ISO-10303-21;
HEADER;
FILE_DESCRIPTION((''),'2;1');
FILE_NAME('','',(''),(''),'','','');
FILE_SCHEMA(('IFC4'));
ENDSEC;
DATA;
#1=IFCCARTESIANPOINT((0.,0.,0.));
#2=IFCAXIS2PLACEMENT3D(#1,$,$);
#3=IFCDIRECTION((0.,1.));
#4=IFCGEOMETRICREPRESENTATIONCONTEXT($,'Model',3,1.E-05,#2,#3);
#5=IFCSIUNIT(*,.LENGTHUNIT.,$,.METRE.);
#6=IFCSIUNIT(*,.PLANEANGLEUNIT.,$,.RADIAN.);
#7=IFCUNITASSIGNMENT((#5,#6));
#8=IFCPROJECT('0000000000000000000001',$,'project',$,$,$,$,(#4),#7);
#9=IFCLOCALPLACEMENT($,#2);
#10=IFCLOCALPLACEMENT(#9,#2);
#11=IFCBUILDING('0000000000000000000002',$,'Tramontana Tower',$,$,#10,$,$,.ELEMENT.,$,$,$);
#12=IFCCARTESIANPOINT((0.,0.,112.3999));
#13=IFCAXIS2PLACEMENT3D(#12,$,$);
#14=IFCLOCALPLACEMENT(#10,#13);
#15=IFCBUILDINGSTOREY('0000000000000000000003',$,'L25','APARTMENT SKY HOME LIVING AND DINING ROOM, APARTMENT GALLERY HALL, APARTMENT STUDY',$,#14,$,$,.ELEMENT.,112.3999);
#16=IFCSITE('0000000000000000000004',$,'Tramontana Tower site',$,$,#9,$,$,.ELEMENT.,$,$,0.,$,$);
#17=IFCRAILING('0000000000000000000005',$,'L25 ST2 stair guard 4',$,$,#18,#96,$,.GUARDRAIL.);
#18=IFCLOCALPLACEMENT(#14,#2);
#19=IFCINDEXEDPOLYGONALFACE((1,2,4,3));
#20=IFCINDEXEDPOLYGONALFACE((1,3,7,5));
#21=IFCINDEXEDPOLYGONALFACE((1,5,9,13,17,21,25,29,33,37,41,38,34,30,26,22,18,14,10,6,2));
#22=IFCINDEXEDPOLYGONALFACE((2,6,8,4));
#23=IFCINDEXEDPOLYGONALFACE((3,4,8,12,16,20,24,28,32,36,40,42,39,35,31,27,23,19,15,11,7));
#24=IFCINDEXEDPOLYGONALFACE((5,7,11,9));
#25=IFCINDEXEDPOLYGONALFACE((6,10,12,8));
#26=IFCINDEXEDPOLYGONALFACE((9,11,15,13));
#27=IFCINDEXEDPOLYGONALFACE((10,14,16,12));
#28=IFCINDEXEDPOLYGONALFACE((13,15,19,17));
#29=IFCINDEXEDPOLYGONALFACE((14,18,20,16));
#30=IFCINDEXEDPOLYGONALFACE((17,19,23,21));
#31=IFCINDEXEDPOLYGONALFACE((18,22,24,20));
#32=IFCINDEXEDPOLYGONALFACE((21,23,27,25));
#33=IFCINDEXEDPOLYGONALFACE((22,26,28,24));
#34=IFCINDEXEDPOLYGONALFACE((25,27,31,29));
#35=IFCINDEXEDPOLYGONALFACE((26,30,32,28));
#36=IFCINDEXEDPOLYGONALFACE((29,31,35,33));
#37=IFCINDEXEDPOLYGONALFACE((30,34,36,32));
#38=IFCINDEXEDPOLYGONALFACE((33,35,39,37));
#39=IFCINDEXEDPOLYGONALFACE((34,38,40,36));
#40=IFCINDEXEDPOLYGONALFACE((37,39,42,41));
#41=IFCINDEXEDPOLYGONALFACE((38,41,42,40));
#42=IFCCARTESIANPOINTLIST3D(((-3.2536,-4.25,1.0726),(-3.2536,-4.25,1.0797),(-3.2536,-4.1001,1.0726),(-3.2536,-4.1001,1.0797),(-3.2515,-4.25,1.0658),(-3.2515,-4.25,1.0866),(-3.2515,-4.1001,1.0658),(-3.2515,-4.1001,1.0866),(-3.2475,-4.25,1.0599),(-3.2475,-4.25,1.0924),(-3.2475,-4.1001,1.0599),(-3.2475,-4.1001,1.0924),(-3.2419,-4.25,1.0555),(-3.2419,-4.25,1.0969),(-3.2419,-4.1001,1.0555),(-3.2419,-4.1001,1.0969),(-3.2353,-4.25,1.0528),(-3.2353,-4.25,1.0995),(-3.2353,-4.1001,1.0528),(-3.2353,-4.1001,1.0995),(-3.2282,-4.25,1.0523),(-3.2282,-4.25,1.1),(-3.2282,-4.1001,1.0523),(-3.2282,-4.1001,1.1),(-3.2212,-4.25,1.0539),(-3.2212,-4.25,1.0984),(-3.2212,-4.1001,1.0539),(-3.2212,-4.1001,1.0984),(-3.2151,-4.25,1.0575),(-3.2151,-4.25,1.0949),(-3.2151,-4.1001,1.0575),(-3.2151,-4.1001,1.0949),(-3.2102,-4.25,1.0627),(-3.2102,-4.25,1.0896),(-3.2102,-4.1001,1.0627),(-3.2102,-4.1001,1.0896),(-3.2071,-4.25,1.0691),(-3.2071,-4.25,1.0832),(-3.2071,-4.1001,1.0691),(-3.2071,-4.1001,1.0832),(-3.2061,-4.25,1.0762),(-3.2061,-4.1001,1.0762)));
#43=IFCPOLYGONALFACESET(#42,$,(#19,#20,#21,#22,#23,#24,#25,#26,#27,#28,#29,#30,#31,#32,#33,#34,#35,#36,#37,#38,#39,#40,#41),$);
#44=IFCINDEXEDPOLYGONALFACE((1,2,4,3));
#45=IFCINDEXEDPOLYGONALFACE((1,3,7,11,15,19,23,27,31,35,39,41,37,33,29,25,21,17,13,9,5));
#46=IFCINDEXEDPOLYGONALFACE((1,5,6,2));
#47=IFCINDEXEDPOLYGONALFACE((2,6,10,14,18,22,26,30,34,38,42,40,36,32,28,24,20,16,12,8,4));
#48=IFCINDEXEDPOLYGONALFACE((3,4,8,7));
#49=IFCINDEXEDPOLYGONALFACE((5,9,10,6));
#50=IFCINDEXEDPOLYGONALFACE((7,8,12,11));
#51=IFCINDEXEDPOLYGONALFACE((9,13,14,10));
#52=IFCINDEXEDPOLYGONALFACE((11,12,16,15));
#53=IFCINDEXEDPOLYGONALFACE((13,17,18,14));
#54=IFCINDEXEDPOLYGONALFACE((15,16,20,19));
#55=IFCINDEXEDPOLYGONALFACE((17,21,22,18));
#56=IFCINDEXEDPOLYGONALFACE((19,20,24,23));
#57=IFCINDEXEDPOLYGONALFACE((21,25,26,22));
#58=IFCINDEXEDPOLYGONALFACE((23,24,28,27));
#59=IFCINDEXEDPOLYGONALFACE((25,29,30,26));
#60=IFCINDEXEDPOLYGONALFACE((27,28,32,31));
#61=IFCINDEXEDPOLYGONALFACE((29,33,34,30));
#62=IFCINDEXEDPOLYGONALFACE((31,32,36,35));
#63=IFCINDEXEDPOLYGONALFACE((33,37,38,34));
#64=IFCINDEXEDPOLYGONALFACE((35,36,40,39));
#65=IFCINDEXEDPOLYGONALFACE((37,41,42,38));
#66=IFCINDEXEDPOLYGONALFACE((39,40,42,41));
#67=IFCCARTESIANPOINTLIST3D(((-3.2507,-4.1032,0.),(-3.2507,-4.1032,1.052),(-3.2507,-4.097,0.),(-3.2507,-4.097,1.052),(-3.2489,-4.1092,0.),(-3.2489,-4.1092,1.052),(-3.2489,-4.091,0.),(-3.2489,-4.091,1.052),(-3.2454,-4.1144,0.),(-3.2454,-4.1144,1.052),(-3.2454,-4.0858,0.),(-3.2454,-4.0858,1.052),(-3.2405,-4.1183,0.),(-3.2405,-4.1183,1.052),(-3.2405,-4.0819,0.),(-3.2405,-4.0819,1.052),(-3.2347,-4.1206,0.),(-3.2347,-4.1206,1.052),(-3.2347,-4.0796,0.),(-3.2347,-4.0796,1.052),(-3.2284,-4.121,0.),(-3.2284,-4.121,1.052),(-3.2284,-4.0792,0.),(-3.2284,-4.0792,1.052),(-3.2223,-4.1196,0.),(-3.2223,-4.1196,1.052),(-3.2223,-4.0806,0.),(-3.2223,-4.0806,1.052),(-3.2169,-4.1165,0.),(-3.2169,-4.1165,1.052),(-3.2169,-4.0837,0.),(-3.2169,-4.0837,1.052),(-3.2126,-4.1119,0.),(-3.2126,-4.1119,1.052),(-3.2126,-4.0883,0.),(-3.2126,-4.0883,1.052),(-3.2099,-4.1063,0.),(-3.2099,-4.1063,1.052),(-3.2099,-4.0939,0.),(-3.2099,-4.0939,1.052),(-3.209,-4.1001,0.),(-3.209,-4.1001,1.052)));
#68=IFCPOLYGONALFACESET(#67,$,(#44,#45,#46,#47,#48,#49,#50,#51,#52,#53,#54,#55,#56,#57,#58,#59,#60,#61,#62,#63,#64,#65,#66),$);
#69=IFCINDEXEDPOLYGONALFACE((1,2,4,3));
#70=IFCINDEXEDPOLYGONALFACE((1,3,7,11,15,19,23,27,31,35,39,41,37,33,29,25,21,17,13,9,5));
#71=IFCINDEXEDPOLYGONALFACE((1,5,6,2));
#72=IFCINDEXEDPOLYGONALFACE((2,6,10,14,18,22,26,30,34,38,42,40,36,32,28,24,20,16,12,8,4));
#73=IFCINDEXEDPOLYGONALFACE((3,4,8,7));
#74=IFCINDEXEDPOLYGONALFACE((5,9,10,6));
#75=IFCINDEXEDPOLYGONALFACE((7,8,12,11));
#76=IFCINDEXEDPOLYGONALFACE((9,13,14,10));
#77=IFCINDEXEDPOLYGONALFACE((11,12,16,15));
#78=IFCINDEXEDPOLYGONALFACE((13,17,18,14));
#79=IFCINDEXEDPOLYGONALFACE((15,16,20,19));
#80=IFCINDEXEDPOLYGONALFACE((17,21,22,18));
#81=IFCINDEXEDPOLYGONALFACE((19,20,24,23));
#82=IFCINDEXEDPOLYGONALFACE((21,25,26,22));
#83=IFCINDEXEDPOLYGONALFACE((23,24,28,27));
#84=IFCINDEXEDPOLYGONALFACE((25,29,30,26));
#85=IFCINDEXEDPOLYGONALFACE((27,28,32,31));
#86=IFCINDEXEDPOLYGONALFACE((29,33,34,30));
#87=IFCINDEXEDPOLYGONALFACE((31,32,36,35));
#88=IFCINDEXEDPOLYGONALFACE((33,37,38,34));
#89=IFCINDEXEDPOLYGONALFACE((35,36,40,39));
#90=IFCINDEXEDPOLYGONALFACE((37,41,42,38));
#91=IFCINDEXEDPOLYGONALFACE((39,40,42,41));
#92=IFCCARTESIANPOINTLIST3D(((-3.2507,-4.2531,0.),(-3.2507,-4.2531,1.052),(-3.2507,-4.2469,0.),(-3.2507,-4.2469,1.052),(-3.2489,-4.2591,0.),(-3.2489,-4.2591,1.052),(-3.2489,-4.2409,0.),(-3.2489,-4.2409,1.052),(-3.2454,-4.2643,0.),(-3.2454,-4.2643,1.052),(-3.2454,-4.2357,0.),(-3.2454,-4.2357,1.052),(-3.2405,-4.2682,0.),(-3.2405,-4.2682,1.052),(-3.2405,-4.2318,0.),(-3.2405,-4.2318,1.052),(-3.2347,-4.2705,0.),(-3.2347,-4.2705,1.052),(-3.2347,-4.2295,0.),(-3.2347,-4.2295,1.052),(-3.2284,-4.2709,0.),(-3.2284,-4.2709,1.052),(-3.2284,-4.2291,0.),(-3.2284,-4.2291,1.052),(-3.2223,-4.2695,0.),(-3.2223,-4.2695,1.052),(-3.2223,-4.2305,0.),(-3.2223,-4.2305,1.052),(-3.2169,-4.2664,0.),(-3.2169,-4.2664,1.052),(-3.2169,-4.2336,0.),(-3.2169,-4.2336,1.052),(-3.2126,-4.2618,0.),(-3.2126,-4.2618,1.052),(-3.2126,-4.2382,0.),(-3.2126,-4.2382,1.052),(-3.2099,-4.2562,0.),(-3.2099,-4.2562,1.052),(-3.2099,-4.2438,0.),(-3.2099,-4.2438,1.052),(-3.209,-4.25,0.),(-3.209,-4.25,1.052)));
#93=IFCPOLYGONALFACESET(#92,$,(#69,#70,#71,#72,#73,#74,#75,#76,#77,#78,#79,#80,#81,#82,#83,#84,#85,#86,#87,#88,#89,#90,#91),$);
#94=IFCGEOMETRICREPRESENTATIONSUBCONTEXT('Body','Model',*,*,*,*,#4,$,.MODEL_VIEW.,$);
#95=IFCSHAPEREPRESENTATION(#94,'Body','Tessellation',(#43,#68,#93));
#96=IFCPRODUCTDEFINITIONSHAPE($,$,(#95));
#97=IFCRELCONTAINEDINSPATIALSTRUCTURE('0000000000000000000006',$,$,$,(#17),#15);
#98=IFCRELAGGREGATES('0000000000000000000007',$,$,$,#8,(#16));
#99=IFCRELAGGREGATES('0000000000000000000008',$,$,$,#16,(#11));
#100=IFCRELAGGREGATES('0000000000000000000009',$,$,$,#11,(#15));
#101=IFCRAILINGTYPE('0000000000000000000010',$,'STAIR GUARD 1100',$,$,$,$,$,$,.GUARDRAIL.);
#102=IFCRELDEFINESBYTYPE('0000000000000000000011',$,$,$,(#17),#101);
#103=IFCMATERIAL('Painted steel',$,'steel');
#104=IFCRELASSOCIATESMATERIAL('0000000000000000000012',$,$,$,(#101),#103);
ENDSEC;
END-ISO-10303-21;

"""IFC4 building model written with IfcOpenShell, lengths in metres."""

from ifc_helpers import new_model, si_unit, direction, frame, origin, origin_2d, place, context, subcontext, project, spatial, circle, extrude, material, type_object, element, save


model = new_model("IFC4")

# Units and contexts
model_context = context("Model", 3, precision=1e-05, world=origin(), true_north=direction((0.0, 1.0)))
body_context = subcontext(model_context, "Body", "Model", "MODEL_VIEW")
ifc_project = project(units=[si_unit("LENGTHUNIT", "METRE"), si_unit("PLANEANGLEUNIT", "RADIAN")], contexts=[model_context])

# Site, building, storey
site_placement = place(None, origin())
site = spatial("IfcSite", under=ifc_project, at=site_placement, Name="Tramontana Tower site", CompositionType="ELEMENT", RefElevation=0.0)
building_placement = place(site_placement, origin())
building = spatial("IfcBuilding", under=site, at=building_placement, Name="Tramontana Tower", CompositionType="ELEMENT")
storey_placement = place(building_placement, frame((0.0, 0.0, 112.3999)))
storey = spatial("IfcBuildingStorey", under=building, at=storey_placement, Name="L25", Description="APARTMENT SKY HOME LIVING AND DINING ROOM, APARTMENT GALLERY HALL, APARTMENT STUDY", CompositionType="ELEMENT", Elevation=112.3999)

# Railing
ifc_material_1 = material(Name="Painted steel", Category="steel")
railing_type_1 = type_object("IfcRailingType", Name="STAIR GUARD 1100", PredefinedType="GUARDRAIL", material=ifc_material_1)
railing_1_placement = place(storey_placement, frame((-3.23, -4.1001, 0.0)))
element("IfcRailing", 1, at=railing_1_placement, inside=storey, type_object=railing_type_1, Name="L25 ST2 stair guard 4", PredefinedType="GUARDRAIL", context=body_context, shape_type="SweptSolid", body=[
    extrude(circle(Radius=0.0239, at=origin_2d()), frame((0.0, 0.0, 1.0762), z_axis=(0.0, -1.0, 0.0), x_axis=(1.0, 0.0, 0.0)), (0.0, 0.0, 1.0), 0.1499),
    extrude(circle(Radius=0.021, at=origin_2d()), origin(), (0.0, 0.0, 1.0), 1.052),
    extrude(circle(Radius=0.021, at=origin_2d()), frame((0.0, -0.1499, 0.0)), (0.0, 0.0, 1.0), 1.052),
])

save(model, "model.ifc")
